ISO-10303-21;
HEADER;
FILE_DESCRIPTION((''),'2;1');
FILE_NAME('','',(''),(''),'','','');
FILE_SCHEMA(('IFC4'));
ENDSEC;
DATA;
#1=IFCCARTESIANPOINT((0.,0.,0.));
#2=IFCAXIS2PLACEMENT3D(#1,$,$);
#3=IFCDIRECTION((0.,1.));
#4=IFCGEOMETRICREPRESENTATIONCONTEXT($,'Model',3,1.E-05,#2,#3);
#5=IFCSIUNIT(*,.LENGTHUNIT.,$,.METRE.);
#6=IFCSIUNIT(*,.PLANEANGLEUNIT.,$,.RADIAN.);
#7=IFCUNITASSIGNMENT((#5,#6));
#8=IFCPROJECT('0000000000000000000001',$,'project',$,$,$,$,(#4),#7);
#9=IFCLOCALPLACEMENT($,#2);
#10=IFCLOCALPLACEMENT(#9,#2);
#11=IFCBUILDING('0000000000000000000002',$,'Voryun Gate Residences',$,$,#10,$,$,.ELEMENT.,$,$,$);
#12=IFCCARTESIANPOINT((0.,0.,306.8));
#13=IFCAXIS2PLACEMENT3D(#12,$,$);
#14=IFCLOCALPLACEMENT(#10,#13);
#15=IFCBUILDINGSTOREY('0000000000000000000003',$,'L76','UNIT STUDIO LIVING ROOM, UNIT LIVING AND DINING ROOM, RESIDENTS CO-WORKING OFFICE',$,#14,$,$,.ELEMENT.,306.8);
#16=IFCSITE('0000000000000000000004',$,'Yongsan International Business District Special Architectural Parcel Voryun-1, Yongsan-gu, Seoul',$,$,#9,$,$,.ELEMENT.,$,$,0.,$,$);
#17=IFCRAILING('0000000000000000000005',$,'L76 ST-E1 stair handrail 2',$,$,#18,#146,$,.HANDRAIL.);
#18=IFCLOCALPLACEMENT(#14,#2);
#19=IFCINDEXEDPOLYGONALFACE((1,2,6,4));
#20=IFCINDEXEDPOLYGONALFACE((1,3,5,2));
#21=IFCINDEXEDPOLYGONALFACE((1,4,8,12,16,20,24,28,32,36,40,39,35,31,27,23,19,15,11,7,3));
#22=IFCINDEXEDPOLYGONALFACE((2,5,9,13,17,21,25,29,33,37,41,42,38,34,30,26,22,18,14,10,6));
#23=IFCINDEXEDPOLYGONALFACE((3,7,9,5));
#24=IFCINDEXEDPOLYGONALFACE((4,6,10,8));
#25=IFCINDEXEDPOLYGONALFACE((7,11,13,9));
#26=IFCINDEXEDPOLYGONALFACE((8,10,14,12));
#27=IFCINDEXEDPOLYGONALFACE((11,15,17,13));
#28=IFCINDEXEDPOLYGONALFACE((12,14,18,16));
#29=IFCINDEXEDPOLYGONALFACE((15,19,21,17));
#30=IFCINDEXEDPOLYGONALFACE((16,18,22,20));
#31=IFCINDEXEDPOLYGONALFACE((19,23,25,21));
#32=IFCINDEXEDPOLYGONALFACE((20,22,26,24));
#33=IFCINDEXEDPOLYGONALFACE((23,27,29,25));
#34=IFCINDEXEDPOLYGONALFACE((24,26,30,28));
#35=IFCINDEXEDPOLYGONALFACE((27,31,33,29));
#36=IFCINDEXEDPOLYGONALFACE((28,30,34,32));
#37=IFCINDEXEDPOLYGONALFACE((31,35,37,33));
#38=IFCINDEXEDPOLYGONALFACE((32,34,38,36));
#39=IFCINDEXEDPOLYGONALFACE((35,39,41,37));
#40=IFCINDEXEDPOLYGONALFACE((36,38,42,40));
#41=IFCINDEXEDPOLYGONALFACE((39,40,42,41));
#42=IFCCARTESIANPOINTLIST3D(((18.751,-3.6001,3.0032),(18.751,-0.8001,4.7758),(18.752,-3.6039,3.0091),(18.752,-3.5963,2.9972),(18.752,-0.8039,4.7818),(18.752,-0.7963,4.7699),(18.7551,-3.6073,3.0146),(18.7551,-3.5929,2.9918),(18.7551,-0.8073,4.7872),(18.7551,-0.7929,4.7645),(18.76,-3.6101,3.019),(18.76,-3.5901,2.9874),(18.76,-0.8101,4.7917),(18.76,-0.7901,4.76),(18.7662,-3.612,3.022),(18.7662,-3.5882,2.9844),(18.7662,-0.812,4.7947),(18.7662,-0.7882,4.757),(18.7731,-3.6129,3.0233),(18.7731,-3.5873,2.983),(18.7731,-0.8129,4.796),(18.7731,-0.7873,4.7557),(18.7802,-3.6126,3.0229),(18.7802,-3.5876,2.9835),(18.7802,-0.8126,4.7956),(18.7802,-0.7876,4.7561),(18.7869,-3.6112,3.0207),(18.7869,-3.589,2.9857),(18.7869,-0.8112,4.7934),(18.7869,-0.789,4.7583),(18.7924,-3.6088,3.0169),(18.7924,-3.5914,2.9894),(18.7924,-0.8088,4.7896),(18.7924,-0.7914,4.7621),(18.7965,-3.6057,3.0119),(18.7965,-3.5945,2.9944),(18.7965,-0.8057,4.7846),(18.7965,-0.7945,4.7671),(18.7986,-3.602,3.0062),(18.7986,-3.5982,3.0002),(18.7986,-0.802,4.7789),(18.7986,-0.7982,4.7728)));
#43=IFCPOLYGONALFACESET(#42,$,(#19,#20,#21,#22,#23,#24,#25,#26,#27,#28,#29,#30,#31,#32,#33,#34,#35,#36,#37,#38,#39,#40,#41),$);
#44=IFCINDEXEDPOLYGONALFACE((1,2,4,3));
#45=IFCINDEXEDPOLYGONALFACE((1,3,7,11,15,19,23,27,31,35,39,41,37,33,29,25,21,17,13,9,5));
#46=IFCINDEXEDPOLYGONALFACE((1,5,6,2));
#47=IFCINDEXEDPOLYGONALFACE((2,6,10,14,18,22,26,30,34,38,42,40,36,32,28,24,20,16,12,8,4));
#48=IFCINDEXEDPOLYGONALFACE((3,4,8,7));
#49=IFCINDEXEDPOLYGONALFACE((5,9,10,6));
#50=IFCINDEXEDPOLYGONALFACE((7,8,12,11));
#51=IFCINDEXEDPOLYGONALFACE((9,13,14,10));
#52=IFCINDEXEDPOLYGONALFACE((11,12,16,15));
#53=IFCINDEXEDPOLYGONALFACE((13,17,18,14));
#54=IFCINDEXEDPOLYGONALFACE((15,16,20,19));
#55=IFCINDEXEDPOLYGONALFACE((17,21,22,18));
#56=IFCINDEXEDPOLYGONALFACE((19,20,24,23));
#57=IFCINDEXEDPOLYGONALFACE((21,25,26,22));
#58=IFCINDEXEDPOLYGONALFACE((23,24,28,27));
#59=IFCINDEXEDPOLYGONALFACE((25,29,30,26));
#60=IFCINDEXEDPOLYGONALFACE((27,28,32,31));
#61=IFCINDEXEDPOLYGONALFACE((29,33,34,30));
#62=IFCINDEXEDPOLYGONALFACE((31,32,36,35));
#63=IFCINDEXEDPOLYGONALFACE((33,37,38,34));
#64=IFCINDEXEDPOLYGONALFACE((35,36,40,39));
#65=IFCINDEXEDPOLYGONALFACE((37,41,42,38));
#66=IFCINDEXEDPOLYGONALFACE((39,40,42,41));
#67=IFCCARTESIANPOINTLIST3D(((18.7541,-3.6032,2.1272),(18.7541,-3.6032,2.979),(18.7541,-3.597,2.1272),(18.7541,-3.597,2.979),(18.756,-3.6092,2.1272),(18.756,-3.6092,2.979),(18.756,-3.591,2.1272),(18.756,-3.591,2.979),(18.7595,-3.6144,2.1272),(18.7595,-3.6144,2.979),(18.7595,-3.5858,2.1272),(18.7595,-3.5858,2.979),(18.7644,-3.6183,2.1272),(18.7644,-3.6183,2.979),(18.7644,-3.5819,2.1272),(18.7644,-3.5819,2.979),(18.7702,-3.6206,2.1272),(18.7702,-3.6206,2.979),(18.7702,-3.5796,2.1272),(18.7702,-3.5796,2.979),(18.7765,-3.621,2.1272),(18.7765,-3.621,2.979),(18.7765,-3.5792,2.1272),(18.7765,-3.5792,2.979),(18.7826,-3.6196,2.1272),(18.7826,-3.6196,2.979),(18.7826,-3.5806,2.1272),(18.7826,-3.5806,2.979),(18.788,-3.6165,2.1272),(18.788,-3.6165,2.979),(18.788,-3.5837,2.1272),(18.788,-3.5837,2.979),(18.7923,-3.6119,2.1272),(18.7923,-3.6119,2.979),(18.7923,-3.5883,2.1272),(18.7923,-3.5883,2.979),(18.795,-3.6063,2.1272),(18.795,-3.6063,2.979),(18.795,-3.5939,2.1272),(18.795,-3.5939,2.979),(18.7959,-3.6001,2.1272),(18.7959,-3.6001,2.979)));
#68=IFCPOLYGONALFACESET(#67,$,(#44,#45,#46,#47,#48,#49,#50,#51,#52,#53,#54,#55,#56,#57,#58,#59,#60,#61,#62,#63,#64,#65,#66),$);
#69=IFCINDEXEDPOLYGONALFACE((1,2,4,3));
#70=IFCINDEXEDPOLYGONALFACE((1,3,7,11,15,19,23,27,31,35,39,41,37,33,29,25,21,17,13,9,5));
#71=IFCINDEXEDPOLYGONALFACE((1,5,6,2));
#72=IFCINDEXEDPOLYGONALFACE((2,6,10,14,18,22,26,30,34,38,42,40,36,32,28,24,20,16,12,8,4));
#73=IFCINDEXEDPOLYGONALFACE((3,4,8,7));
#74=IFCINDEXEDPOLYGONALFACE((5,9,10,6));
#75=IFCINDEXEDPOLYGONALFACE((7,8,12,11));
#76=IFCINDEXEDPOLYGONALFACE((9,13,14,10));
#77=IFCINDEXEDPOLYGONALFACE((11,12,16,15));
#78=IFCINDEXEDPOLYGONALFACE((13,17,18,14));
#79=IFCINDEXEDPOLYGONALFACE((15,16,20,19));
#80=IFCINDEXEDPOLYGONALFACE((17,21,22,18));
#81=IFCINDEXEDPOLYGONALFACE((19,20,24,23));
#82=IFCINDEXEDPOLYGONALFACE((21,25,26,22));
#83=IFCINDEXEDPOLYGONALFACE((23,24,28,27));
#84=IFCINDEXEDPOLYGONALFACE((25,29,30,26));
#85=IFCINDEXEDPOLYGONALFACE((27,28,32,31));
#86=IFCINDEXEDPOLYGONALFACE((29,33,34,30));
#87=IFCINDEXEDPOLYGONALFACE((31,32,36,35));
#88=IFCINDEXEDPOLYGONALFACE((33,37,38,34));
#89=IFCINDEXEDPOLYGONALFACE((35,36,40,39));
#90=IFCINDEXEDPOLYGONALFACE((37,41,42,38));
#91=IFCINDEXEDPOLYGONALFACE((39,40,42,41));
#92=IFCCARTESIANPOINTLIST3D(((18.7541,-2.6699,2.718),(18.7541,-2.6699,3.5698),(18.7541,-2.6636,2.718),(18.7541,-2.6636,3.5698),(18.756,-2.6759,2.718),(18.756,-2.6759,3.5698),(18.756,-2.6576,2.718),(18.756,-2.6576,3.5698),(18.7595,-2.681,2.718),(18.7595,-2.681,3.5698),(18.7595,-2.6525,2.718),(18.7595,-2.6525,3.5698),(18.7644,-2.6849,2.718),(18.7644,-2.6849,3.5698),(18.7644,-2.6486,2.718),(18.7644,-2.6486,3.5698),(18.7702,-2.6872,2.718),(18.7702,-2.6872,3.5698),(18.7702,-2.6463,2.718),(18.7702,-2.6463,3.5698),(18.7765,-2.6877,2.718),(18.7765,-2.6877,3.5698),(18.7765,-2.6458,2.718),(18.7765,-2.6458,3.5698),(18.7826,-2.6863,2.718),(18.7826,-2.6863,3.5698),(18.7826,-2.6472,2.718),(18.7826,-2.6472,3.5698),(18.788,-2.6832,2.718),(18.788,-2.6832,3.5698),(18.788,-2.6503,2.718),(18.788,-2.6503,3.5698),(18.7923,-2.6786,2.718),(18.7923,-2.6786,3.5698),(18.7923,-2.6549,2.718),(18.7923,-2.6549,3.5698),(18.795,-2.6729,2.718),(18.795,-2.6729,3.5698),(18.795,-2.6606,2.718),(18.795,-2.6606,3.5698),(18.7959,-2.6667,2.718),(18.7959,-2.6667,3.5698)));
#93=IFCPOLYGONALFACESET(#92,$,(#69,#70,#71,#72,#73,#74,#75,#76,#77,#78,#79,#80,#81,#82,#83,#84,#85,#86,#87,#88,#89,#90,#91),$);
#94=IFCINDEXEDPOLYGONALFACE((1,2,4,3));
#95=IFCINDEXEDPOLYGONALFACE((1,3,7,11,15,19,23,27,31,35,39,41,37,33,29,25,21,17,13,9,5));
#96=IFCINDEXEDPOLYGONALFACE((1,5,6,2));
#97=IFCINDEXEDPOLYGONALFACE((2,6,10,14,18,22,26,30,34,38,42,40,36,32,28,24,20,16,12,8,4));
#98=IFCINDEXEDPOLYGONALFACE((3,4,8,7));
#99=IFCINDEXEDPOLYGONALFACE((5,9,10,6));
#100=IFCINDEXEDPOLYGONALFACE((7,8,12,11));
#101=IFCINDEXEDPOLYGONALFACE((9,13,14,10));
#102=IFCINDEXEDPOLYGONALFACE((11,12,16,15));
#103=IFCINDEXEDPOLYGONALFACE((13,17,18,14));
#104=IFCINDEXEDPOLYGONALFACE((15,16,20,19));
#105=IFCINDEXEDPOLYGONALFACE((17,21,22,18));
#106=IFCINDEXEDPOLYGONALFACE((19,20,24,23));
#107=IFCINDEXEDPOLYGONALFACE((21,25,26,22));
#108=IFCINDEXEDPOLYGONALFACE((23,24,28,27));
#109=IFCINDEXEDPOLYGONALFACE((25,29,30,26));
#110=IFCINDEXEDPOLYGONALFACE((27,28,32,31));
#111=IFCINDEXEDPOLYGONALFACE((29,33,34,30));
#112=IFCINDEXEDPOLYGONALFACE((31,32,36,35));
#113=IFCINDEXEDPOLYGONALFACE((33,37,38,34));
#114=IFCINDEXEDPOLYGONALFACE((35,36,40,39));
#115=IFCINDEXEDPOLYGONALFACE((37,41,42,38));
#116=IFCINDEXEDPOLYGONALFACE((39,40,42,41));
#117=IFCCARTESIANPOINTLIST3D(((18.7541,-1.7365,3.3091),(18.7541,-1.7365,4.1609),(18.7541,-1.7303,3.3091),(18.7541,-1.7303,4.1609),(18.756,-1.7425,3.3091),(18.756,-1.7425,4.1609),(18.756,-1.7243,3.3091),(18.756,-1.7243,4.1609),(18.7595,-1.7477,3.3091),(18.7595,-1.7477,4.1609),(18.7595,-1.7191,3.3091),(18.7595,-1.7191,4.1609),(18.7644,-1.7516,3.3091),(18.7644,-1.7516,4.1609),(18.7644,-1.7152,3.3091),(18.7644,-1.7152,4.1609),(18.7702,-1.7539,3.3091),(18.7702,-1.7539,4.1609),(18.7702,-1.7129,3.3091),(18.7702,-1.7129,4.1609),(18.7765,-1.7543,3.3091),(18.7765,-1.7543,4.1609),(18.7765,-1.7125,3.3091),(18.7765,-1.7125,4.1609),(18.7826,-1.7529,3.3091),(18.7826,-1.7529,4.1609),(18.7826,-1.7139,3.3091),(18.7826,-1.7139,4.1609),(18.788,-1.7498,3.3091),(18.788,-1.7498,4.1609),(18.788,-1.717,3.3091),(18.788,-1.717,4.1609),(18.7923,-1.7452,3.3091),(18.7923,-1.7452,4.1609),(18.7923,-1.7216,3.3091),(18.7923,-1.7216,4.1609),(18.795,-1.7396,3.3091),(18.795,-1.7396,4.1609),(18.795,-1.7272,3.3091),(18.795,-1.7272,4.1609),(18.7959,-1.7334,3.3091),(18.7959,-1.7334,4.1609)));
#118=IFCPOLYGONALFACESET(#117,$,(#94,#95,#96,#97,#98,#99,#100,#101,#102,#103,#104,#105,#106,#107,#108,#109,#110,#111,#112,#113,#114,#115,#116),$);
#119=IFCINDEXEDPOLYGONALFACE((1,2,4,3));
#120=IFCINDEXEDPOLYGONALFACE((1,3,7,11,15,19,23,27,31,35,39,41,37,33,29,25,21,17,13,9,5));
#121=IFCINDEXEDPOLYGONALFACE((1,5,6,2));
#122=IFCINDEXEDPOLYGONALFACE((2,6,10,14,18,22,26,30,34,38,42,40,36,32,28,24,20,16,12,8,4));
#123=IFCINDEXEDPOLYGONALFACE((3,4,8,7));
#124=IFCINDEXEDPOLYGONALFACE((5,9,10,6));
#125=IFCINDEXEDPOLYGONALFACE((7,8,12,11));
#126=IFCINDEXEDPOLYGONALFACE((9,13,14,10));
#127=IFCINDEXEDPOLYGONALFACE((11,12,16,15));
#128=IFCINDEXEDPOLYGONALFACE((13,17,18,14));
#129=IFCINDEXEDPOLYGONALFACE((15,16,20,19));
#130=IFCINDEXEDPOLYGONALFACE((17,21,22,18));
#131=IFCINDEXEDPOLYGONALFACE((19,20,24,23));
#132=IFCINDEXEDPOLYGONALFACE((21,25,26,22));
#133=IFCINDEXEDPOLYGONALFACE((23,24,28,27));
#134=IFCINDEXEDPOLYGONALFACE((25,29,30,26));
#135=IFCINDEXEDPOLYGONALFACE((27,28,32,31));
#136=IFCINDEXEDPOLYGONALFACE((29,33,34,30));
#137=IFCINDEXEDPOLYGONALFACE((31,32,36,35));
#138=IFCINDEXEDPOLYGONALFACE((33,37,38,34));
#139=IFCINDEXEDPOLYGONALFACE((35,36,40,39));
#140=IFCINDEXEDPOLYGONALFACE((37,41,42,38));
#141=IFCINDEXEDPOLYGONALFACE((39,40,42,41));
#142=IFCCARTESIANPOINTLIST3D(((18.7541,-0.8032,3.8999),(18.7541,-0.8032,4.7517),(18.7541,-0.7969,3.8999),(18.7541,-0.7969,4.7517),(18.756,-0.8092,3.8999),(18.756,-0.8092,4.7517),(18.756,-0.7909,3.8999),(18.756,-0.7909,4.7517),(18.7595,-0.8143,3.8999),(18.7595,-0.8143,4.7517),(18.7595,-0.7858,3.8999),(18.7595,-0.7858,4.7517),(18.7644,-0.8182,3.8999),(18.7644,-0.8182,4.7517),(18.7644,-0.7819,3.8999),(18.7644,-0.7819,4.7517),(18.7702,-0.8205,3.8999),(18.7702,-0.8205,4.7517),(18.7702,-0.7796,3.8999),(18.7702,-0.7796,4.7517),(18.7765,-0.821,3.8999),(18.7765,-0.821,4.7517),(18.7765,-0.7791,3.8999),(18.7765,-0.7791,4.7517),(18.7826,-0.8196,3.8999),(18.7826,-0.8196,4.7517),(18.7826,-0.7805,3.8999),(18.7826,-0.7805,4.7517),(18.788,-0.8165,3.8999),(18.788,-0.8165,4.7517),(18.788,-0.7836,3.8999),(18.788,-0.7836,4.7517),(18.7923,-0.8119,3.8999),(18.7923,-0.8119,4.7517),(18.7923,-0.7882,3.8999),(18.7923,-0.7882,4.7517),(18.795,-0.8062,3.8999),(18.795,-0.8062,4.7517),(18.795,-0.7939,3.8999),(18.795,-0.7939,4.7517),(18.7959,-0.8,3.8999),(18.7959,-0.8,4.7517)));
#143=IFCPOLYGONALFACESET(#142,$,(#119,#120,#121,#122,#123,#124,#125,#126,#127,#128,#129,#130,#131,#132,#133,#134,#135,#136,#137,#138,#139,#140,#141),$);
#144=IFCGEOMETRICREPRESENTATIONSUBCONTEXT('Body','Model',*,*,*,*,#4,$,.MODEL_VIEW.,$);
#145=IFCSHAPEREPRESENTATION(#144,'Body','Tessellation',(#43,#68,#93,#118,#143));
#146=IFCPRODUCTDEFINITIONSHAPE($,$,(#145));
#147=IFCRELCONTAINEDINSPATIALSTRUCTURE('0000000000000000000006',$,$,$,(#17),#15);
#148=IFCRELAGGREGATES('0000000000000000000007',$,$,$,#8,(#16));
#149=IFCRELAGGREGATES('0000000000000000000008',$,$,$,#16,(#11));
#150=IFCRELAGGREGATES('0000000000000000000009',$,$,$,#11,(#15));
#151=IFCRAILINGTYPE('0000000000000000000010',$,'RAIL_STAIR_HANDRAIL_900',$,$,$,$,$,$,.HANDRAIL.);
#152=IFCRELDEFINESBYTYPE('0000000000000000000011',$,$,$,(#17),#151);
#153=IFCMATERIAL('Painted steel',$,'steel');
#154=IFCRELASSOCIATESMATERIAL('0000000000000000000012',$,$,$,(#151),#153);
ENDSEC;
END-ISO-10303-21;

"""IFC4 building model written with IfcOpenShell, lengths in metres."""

from ifc_helpers import new_model, si_unit, direction, frame, origin, origin_2d, place, context, subcontext, project, spatial, circle, extrude, material, type_object, element, save


model = new_model("IFC4")

# Units and contexts
model_context = context("Model", 3, precision=1e-05, world=origin(), true_north=direction((0.0, 1.0)))
body_context = subcontext(model_context, "Body", "Model", "MODEL_VIEW")
ifc_project = project(units=[si_unit("LENGTHUNIT", "METRE"), si_unit("PLANEANGLEUNIT", "RADIAN")], contexts=[model_context])

# Site, building, storey
site_placement = place(None, origin())
site = spatial("IfcSite", under=ifc_project, at=site_placement, Name="Yongsan International Business District Special Architectural Parcel Voryun-1, Yongsan-gu, Seoul", CompositionType="ELEMENT", RefElevation=0.0)
building_placement = place(site_placement, origin())
building = spatial("IfcBuilding", under=site, at=building_placement, Name="Voryun Gate Residences", CompositionType="ELEMENT")
storey_placement = place(building_placement, frame((0.0, 0.0, 306.8)))
storey = spatial("IfcBuildingStorey", under=building, at=storey_placement, Name="L76", Description="UNIT STUDIO LIVING ROOM, UNIT LIVING AND DINING ROOM, RESIDENTS CO-WORKING OFFICE", CompositionType="ELEMENT", Elevation=306.8)

# Railing
ifc_material_1 = material(Name="Painted steel", Category="steel")
railing_type_1 = type_object("IfcRailingType", Name="RAIL_STAIR_HANDRAIL_900", PredefinedType="HANDRAIL", material=ifc_material_1)
railing_1_placement = place(storey_placement, frame((18.7749, -3.6001, 2.1272)))
element("IfcRailing", 1, at=railing_1_placement, inside=storey, type_object=railing_type_1, Name="L76 ST-E1 stair handrail 2", PredefinedType="HANDRAIL", context=body_context, shape_type="SweptSolid", body=[
    extrude(circle(Radius=0.0239, at=origin_2d()), frame((0.0, 0.0, 0.876), z_axis=(0.0, 0.844909, 0.53491), x_axis=(-1.0, 0.0, 0.0)), (0.0, 0.0, 1.0), 3.314),
    extrude(circle(Radius=0.021, at=origin_2d()), origin(), (0.0, 0.0, 1.0), 0.8518),
    extrude(circle(Radius=0.021, at=origin_2d()), frame((0.0, 0.9333, 0.5908)), (0.0, 0.0, 1.0), 0.8518),
    extrude(circle(Radius=0.021, at=origin_2d()), frame((0.0, 1.8667, 1.1819)), (0.0, 0.0, 1.0), 0.8518),
    extrude(circle(Radius=0.021, at=origin_2d()), frame((0.0, 2.8, 1.7727)), (0.0, 0.0, 1.0), 0.8518),
])

save(model, "model.ifc")
